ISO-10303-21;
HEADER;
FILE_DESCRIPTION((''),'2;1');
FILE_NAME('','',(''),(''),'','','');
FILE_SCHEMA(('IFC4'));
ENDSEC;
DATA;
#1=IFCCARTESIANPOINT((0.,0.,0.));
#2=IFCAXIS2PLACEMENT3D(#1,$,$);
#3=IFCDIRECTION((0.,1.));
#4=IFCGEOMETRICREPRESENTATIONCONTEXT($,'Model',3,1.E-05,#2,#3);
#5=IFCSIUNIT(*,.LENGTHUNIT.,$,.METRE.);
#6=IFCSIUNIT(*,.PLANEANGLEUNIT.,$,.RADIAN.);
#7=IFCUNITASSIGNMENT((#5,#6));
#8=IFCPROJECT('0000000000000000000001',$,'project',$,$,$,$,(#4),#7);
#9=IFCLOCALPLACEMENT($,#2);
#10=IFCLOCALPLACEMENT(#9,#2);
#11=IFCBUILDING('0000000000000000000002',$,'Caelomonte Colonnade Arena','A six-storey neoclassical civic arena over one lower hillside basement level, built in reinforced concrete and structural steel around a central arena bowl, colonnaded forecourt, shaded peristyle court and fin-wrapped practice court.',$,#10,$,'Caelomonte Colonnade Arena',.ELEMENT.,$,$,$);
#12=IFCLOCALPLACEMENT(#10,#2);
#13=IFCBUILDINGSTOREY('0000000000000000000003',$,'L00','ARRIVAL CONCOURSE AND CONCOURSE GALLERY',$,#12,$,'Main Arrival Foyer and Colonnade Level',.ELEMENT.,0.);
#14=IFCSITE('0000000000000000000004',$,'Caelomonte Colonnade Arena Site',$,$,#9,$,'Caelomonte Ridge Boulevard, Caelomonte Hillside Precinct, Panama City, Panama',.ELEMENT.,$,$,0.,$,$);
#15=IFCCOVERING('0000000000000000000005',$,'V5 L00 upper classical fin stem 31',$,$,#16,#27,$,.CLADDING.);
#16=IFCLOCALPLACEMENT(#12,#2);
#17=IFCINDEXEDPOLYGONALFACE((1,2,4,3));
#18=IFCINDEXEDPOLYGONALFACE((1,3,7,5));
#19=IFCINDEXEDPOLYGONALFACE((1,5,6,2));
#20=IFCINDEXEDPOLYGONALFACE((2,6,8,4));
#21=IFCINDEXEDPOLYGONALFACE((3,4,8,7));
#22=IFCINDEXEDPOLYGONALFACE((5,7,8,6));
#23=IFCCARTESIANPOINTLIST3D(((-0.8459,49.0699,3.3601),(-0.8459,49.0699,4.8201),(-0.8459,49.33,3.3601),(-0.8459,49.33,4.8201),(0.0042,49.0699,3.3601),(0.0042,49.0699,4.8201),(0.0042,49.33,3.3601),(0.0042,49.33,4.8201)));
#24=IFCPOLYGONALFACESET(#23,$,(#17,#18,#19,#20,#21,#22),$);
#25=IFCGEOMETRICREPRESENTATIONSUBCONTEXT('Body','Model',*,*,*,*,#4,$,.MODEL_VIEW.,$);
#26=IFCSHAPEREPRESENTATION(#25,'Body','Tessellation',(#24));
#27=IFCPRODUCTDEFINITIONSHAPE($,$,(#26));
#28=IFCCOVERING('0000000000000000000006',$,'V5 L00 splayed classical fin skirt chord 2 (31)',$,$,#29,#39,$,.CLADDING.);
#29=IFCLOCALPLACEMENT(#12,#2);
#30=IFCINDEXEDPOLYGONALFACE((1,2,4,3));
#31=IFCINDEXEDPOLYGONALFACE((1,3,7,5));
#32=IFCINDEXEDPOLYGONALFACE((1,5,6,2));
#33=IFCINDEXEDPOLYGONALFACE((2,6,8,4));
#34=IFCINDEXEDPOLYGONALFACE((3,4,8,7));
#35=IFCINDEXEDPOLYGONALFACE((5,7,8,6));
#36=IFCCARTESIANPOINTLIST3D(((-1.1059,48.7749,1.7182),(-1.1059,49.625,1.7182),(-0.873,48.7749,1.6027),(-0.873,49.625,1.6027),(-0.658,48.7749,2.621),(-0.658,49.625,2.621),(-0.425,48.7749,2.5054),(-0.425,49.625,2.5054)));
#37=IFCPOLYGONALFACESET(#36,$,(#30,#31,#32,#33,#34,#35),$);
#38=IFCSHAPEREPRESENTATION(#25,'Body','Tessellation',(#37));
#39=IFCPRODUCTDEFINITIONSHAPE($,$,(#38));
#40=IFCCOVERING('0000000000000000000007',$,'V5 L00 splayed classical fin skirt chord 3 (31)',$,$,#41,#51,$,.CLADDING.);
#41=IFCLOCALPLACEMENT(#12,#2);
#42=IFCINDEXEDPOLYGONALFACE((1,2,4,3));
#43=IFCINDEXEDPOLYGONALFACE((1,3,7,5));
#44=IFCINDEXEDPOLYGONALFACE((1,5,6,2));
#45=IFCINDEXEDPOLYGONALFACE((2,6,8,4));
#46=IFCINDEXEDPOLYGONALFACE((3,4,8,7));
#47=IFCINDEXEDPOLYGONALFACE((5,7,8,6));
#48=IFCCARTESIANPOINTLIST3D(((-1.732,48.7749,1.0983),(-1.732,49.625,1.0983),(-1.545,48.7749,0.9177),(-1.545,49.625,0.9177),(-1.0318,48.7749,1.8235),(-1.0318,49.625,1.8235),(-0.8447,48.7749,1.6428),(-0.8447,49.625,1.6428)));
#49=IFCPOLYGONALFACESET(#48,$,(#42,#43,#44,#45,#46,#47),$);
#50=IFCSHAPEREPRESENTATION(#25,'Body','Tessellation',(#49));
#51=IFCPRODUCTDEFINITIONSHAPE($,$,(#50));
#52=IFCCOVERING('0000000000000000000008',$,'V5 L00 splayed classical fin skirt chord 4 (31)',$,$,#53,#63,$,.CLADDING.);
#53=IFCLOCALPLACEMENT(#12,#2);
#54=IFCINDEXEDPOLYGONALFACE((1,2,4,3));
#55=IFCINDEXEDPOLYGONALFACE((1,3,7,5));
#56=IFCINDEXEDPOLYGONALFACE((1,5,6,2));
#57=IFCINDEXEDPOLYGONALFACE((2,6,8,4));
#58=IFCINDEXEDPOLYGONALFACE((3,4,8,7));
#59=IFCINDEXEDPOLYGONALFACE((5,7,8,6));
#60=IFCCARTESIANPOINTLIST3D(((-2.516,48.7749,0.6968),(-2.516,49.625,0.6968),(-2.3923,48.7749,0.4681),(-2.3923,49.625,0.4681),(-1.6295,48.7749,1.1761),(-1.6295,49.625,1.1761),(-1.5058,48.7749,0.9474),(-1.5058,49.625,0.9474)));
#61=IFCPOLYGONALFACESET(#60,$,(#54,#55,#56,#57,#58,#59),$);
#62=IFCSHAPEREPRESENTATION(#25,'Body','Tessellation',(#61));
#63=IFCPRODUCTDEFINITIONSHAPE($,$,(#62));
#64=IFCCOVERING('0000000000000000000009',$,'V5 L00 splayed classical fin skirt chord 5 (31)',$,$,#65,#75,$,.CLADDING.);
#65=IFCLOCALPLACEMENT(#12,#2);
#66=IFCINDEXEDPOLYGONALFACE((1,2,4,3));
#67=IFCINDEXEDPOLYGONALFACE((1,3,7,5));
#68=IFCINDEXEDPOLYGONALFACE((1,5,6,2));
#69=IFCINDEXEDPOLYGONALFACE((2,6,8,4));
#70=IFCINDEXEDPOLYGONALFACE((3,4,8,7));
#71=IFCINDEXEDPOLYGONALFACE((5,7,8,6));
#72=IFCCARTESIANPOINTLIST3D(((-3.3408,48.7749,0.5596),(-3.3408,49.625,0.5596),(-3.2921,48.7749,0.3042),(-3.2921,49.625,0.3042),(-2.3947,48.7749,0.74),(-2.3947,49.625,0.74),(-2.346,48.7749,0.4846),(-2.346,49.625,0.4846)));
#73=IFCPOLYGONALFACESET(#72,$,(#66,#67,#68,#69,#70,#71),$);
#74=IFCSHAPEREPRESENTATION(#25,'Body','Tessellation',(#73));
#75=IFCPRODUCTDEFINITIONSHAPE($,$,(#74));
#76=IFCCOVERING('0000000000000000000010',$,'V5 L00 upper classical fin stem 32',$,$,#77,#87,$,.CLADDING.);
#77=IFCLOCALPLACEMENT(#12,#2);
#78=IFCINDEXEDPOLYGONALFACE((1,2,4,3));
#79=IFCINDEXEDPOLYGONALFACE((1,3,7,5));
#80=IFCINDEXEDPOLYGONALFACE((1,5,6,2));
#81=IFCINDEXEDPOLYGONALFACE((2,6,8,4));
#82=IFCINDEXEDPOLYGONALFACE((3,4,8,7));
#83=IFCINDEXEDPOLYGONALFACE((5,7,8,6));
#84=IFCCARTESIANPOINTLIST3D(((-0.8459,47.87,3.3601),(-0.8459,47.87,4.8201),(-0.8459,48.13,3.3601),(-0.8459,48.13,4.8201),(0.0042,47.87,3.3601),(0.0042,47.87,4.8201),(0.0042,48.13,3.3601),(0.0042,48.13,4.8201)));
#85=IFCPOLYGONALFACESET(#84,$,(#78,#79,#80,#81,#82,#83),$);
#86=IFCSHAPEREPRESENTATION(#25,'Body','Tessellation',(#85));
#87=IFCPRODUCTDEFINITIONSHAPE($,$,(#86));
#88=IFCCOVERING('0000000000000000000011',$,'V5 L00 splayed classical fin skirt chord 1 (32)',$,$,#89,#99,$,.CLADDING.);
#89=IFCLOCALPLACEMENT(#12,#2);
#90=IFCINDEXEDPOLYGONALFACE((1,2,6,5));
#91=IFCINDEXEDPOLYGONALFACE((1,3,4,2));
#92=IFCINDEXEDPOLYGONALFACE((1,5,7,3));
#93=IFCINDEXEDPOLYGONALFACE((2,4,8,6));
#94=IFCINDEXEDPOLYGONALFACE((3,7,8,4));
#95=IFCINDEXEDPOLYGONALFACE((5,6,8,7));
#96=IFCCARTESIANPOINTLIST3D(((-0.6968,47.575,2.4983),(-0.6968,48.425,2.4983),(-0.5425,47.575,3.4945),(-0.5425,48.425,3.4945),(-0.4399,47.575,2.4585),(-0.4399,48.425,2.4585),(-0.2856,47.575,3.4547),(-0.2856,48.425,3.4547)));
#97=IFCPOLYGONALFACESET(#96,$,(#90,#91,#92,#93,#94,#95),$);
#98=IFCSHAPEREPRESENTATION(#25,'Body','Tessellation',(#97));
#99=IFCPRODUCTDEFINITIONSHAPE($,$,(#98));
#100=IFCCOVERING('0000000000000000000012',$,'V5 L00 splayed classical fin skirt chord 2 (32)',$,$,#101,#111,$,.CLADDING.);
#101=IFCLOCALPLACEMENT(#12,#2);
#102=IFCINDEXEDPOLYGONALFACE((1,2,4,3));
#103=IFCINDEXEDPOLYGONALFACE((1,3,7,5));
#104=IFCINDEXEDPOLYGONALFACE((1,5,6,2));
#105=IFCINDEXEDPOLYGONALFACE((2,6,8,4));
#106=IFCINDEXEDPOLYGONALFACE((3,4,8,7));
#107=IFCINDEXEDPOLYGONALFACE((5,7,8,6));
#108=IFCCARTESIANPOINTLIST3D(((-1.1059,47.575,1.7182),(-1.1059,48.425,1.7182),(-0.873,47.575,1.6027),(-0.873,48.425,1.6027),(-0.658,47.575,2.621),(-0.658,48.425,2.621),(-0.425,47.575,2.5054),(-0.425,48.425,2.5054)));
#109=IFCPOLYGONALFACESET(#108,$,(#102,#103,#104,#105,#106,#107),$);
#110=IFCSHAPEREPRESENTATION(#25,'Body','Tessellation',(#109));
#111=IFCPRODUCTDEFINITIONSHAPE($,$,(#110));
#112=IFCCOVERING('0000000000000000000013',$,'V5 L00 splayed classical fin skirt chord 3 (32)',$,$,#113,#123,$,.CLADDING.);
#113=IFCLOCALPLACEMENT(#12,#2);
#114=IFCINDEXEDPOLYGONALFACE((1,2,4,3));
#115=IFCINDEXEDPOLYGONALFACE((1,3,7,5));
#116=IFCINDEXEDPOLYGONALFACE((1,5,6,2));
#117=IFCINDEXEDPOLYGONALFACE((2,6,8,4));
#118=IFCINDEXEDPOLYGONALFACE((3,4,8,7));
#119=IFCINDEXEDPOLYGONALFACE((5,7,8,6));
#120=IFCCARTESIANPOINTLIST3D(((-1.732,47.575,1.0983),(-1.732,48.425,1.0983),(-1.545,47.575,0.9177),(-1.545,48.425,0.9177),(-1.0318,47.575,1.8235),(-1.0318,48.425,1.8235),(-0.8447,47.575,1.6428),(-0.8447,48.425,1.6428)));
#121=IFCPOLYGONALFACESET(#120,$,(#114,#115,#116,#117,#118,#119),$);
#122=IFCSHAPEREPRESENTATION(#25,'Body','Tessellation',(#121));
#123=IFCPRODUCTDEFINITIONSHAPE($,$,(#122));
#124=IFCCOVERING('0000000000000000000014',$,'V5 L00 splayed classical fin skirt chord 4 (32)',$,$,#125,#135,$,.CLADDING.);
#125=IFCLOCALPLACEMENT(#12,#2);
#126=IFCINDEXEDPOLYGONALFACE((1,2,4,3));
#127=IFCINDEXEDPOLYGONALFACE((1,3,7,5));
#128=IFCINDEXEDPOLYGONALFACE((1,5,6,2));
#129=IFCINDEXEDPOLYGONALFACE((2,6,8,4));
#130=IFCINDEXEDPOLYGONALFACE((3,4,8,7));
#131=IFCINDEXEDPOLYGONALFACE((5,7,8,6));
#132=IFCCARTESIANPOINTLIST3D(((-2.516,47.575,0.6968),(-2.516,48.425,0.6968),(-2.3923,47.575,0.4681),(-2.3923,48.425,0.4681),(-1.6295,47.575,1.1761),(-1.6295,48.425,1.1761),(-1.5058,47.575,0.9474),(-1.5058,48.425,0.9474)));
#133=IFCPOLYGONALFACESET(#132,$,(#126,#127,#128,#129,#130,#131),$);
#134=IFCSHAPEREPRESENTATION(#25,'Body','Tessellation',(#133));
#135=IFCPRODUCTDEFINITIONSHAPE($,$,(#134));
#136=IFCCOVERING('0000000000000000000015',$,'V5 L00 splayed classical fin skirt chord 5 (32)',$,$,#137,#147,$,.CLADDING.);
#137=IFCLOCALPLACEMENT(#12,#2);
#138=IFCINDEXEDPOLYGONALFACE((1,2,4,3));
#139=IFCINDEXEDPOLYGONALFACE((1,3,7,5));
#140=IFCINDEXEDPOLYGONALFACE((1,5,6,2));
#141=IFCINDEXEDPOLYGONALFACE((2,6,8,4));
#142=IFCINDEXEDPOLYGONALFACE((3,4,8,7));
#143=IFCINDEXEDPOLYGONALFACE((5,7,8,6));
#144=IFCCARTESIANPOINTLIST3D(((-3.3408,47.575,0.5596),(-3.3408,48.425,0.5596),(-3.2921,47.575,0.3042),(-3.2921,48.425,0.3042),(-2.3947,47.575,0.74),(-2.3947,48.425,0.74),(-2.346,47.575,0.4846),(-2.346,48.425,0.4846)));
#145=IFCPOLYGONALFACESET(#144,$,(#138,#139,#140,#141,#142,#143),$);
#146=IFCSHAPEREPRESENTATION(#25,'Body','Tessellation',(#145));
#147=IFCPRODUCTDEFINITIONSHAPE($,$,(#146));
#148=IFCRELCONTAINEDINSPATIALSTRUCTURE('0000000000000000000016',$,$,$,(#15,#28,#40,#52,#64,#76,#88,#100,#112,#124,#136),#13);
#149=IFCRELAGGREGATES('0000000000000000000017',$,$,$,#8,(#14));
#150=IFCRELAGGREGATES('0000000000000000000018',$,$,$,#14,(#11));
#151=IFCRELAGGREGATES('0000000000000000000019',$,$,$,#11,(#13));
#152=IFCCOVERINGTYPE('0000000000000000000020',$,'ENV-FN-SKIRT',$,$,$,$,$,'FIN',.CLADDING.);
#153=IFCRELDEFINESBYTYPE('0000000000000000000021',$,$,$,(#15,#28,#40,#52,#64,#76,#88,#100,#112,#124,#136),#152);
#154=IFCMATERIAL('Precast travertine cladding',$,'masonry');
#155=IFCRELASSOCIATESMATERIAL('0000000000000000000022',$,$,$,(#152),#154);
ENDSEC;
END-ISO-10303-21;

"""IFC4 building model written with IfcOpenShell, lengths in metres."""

from ifc_helpers import new_model, si_unit, direction, frame, origin, origin_2d, place, context, subcontext, project, spatial, rectangle, extrude, material, material_profile, profile_set, type_object, element, save


model = new_model("IFC4")

# Units and contexts
model_context = context("Model", 3, precision=1e-05, world=origin(), true_north=direction((0.0, 1.0)))
body_context = subcontext(model_context, "Body", "Model", "MODEL_VIEW")
ifc_project = project(units=[si_unit("LENGTHUNIT", "METRE"), si_unit("PLANEANGLEUNIT", "RADIAN")], contexts=[model_context])

# Site, building, storey
site_placement = place(None, origin())
site = spatial("IfcSite", under=ifc_project, at=site_placement, Name="Caelomonte Colonnade Arena Site", LongName="Caelomonte Ridge Boulevard, Caelomonte Hillside Precinct, Panama City, Panama", CompositionType="ELEMENT", RefElevation=0.0)
building_placement = place(site_placement, origin())
building = spatial("IfcBuilding", under=site, at=building_placement, Name="Caelomonte Colonnade Arena", Description="A six-storey neoclassical civic arena over one lower hillside basement level, built in reinforced concrete and structural steel around a central arena bowl, colonnaded forecourt, shaded peristyle court and fin-wrapped practice court.", LongName="Caelomonte Colonnade Arena", CompositionType="ELEMENT")
storey_placement = place(building_placement, origin())
storey = spatial("IfcBuildingStorey", under=building, at=storey_placement, Name="L00", Description="ARRIVAL CONCOURSE AND CONCOURSE GALLERY", LongName="Main Arrival Foyer and Colonnade Level", CompositionType="ELEMENT", Elevation=0.0)

# Coverings
ifc_material = material(Name="Precast travertine cladding", Category="masonry")
ifc_material_profile = material_profile(ifc_material, rectangle(XDim=0.26, YDim=0.8501, at=origin_2d()), Name="FIN260X850")
ifc_profile_set = profile_set([ifc_material_profile], Name="Precast travertine cladding")
covering_type = type_object("IfcCoveringType", Name="ENV-FN-SKIRT", ElementType="FIN", PredefinedType="CLADDING", material=ifc_profile_set)
covering_1_placement = place(storey_placement, frame((-0.4209, 49.2, 3.3601), z_axis=(0.0, 0.0, 1.0), x_axis=(0.0, 1.0, 0.0)))
element("IfcCovering", 1, at=covering_1_placement, inside=storey, type_object=covering_type, Name="V5 L00 upper classical fin stem 31", PredefinedType="CLADDING", context=body_context, shape_type="SweptSolid", body=[
    extrude(rectangle(XDim=0.26, YDim=0.8501, at=origin_2d()), origin(), (0.0, 0.0, 1.0), 1.46),
])
covering_2_placement = place(storey_placement, frame((-0.5415, 49.2, 2.5632), z_axis=(-0.444499, 0.0, -0.89578), x_axis=(-0.89578, 0.0, 0.444499)))
element("IfcCovering", 2, at=covering_2_placement, inside=storey, type_object=covering_type, Name="V5 L00 splayed classical fin skirt chord 2 (31)", PredefinedType="CLADDING", context=body_context, shape_type="SweptSolid", body=[
    extrude(rectangle(XDim=0.26, YDim=0.8501, at=origin_2d()), origin(), (0.0, 0.0, 1.0), 1.0078),
])
covering_3_placement = place(storey_placement, frame((-0.9382, 49.2, 1.7332), z_axis=(-0.694646, 0.0, -0.719351), x_axis=(-0.719351, 0.0, 0.694646)))
element("IfcCovering", 3, at=covering_3_placement, inside=storey, type_object=covering_type, Name="V5 L00 splayed classical fin skirt chord 3 (31)", PredefinedType="CLADDING", context=body_context, shape_type="SweptSolid", body=[
    extrude(rectangle(XDim=0.26, YDim=0.8501, at=origin_2d()), origin(), (0.0, 0.0, 1.0), 1.0081),
])
covering_4_placement = place(storey_placement, frame((-1.5676, 49.2, 1.0618), z_axis=(-0.879676, 0.0, -0.475573), x_axis=(-0.475573, 0.0, 0.879676)))
element("IfcCovering", 4, at=covering_4_placement, inside=storey, type_object=covering_type, Name="V5 L00 splayed classical fin skirt chord 4 (31)", PredefinedType="CLADDING", context=body_context, shape_type="SweptSolid", body=[
    extrude(rectangle(XDim=0.26, YDim=0.8501, at=origin_2d()), origin(), (0.0, 0.0, 1.0), 1.0078),
])
covering_5_placement = place(storey_placement, frame((-2.3704, 49.2, 0.6123), z_axis=(-0.982296, 0.0, -0.187333), x_axis=(-0.187333, 0.0, 0.982296)))
element("IfcCovering", 5, at=covering_5_placement, inside=storey, type_object=covering_type, Name="V5 L00 splayed classical fin skirt chord 5 (31)", PredefinedType="CLADDING", context=body_context, shape_type="SweptSolid", body=[
    extrude(rectangle(XDim=0.26, YDim=0.8501, at=origin_2d()), origin(), (0.0, 0.0, 1.0), 0.9631),
])
covering_6_placement = place(storey_placement, frame((-0.4209, 48.0, 3.3601), z_axis=(0.0, 0.0, 1.0), x_axis=(0.0, 1.0, 0.0)))
element("IfcCovering", 6, at=covering_6_placement, inside=storey, type_object=covering_type, Name="V5 L00 upper classical fin stem 32", PredefinedType="CLADDING", context=body_context, shape_type="SweptSolid", body=[
    extrude(rectangle(XDim=0.26, YDim=0.8501, at=origin_2d()), origin(), (0.0, 0.0, 1.0), 1.46),
])
covering_7_placement = place(storey_placement, frame((-0.4141, 48.0, 3.4746), z_axis=(-0.153076, 0.0, -0.988214), x_axis=(-0.988214, 0.0, 0.153076)))
element("IfcCovering", 7, at=covering_7_placement, inside=storey, type_object=covering_type, Name="V5 L00 splayed classical fin skirt chord 1 (32)", PredefinedType="CLADDING", context=body_context, shape_type="SweptSolid", body=[
    extrude(rectangle(XDim=0.26, YDim=0.8501, at=origin_2d()), origin(), (0.0, 0.0, 1.0), 1.0081),
])
covering_8_placement = place(storey_placement, frame((-0.5415, 48.0, 2.5632), z_axis=(-0.444499, 0.0, -0.89578), x_axis=(-0.89578, 0.0, 0.444499)))
element("IfcCovering", 8, at=covering_8_placement, inside=storey, type_object=covering_type, Name="V5 L00 splayed classical fin skirt chord 2 (32)", PredefinedType="CLADDING", context=body_context, shape_type="SweptSolid", body=[
    extrude(rectangle(XDim=0.26, YDim=0.8501, at=origin_2d()), origin(), (0.0, 0.0, 1.0), 1.0078),
])
covering_9_placement = place(storey_placement, frame((-0.9382, 48.0, 1.7332), z_axis=(-0.694646, 0.0, -0.719351), x_axis=(-0.719351, 0.0, 0.694646)))
element("IfcCovering", 9, at=covering_9_placement, inside=storey, type_object=covering_type, Name="V5 L00 splayed classical fin skirt chord 3 (32)", PredefinedType="CLADDING", context=body_context, shape_type="SweptSolid", body=[
    extrude(rectangle(XDim=0.26, YDim=0.8501, at=origin_2d()), origin(), (0.0, 0.0, 1.0), 1.0081),
])
covering_10_placement = place(storey_placement, frame((-1.5676, 48.0, 1.0618), z_axis=(-0.879676, 0.0, -0.475573), x_axis=(-0.475573, 0.0, 0.879676)))
element("IfcCovering", 10, at=covering_10_placement, inside=storey, type_object=covering_type, Name="V5 L00 splayed classical fin skirt chord 4 (32)", PredefinedType="CLADDING", context=body_context, shape_type="SweptSolid", body=[
    extrude(rectangle(XDim=0.26, YDim=0.8501, at=origin_2d()), origin(), (0.0, 0.0, 1.0), 1.0078),
])
covering_11_placement = place(storey_placement, frame((-2.3704, 48.0, 0.6123), z_axis=(-0.982296, 0.0, -0.187333), x_axis=(-0.187333, 0.0, 0.982296)))
element("IfcCovering", 11, at=covering_11_placement, inside=storey, type_object=covering_type, Name="V5 L00 splayed classical fin skirt chord 5 (32)", PredefinedType="CLADDING", context=body_context, shape_type="SweptSolid", body=[
    extrude(rectangle(XDim=0.26, YDim=0.8501, at=origin_2d()), origin(), (0.0, 0.0, 1.0), 0.9631),
])

save(model, "model.ifc")
